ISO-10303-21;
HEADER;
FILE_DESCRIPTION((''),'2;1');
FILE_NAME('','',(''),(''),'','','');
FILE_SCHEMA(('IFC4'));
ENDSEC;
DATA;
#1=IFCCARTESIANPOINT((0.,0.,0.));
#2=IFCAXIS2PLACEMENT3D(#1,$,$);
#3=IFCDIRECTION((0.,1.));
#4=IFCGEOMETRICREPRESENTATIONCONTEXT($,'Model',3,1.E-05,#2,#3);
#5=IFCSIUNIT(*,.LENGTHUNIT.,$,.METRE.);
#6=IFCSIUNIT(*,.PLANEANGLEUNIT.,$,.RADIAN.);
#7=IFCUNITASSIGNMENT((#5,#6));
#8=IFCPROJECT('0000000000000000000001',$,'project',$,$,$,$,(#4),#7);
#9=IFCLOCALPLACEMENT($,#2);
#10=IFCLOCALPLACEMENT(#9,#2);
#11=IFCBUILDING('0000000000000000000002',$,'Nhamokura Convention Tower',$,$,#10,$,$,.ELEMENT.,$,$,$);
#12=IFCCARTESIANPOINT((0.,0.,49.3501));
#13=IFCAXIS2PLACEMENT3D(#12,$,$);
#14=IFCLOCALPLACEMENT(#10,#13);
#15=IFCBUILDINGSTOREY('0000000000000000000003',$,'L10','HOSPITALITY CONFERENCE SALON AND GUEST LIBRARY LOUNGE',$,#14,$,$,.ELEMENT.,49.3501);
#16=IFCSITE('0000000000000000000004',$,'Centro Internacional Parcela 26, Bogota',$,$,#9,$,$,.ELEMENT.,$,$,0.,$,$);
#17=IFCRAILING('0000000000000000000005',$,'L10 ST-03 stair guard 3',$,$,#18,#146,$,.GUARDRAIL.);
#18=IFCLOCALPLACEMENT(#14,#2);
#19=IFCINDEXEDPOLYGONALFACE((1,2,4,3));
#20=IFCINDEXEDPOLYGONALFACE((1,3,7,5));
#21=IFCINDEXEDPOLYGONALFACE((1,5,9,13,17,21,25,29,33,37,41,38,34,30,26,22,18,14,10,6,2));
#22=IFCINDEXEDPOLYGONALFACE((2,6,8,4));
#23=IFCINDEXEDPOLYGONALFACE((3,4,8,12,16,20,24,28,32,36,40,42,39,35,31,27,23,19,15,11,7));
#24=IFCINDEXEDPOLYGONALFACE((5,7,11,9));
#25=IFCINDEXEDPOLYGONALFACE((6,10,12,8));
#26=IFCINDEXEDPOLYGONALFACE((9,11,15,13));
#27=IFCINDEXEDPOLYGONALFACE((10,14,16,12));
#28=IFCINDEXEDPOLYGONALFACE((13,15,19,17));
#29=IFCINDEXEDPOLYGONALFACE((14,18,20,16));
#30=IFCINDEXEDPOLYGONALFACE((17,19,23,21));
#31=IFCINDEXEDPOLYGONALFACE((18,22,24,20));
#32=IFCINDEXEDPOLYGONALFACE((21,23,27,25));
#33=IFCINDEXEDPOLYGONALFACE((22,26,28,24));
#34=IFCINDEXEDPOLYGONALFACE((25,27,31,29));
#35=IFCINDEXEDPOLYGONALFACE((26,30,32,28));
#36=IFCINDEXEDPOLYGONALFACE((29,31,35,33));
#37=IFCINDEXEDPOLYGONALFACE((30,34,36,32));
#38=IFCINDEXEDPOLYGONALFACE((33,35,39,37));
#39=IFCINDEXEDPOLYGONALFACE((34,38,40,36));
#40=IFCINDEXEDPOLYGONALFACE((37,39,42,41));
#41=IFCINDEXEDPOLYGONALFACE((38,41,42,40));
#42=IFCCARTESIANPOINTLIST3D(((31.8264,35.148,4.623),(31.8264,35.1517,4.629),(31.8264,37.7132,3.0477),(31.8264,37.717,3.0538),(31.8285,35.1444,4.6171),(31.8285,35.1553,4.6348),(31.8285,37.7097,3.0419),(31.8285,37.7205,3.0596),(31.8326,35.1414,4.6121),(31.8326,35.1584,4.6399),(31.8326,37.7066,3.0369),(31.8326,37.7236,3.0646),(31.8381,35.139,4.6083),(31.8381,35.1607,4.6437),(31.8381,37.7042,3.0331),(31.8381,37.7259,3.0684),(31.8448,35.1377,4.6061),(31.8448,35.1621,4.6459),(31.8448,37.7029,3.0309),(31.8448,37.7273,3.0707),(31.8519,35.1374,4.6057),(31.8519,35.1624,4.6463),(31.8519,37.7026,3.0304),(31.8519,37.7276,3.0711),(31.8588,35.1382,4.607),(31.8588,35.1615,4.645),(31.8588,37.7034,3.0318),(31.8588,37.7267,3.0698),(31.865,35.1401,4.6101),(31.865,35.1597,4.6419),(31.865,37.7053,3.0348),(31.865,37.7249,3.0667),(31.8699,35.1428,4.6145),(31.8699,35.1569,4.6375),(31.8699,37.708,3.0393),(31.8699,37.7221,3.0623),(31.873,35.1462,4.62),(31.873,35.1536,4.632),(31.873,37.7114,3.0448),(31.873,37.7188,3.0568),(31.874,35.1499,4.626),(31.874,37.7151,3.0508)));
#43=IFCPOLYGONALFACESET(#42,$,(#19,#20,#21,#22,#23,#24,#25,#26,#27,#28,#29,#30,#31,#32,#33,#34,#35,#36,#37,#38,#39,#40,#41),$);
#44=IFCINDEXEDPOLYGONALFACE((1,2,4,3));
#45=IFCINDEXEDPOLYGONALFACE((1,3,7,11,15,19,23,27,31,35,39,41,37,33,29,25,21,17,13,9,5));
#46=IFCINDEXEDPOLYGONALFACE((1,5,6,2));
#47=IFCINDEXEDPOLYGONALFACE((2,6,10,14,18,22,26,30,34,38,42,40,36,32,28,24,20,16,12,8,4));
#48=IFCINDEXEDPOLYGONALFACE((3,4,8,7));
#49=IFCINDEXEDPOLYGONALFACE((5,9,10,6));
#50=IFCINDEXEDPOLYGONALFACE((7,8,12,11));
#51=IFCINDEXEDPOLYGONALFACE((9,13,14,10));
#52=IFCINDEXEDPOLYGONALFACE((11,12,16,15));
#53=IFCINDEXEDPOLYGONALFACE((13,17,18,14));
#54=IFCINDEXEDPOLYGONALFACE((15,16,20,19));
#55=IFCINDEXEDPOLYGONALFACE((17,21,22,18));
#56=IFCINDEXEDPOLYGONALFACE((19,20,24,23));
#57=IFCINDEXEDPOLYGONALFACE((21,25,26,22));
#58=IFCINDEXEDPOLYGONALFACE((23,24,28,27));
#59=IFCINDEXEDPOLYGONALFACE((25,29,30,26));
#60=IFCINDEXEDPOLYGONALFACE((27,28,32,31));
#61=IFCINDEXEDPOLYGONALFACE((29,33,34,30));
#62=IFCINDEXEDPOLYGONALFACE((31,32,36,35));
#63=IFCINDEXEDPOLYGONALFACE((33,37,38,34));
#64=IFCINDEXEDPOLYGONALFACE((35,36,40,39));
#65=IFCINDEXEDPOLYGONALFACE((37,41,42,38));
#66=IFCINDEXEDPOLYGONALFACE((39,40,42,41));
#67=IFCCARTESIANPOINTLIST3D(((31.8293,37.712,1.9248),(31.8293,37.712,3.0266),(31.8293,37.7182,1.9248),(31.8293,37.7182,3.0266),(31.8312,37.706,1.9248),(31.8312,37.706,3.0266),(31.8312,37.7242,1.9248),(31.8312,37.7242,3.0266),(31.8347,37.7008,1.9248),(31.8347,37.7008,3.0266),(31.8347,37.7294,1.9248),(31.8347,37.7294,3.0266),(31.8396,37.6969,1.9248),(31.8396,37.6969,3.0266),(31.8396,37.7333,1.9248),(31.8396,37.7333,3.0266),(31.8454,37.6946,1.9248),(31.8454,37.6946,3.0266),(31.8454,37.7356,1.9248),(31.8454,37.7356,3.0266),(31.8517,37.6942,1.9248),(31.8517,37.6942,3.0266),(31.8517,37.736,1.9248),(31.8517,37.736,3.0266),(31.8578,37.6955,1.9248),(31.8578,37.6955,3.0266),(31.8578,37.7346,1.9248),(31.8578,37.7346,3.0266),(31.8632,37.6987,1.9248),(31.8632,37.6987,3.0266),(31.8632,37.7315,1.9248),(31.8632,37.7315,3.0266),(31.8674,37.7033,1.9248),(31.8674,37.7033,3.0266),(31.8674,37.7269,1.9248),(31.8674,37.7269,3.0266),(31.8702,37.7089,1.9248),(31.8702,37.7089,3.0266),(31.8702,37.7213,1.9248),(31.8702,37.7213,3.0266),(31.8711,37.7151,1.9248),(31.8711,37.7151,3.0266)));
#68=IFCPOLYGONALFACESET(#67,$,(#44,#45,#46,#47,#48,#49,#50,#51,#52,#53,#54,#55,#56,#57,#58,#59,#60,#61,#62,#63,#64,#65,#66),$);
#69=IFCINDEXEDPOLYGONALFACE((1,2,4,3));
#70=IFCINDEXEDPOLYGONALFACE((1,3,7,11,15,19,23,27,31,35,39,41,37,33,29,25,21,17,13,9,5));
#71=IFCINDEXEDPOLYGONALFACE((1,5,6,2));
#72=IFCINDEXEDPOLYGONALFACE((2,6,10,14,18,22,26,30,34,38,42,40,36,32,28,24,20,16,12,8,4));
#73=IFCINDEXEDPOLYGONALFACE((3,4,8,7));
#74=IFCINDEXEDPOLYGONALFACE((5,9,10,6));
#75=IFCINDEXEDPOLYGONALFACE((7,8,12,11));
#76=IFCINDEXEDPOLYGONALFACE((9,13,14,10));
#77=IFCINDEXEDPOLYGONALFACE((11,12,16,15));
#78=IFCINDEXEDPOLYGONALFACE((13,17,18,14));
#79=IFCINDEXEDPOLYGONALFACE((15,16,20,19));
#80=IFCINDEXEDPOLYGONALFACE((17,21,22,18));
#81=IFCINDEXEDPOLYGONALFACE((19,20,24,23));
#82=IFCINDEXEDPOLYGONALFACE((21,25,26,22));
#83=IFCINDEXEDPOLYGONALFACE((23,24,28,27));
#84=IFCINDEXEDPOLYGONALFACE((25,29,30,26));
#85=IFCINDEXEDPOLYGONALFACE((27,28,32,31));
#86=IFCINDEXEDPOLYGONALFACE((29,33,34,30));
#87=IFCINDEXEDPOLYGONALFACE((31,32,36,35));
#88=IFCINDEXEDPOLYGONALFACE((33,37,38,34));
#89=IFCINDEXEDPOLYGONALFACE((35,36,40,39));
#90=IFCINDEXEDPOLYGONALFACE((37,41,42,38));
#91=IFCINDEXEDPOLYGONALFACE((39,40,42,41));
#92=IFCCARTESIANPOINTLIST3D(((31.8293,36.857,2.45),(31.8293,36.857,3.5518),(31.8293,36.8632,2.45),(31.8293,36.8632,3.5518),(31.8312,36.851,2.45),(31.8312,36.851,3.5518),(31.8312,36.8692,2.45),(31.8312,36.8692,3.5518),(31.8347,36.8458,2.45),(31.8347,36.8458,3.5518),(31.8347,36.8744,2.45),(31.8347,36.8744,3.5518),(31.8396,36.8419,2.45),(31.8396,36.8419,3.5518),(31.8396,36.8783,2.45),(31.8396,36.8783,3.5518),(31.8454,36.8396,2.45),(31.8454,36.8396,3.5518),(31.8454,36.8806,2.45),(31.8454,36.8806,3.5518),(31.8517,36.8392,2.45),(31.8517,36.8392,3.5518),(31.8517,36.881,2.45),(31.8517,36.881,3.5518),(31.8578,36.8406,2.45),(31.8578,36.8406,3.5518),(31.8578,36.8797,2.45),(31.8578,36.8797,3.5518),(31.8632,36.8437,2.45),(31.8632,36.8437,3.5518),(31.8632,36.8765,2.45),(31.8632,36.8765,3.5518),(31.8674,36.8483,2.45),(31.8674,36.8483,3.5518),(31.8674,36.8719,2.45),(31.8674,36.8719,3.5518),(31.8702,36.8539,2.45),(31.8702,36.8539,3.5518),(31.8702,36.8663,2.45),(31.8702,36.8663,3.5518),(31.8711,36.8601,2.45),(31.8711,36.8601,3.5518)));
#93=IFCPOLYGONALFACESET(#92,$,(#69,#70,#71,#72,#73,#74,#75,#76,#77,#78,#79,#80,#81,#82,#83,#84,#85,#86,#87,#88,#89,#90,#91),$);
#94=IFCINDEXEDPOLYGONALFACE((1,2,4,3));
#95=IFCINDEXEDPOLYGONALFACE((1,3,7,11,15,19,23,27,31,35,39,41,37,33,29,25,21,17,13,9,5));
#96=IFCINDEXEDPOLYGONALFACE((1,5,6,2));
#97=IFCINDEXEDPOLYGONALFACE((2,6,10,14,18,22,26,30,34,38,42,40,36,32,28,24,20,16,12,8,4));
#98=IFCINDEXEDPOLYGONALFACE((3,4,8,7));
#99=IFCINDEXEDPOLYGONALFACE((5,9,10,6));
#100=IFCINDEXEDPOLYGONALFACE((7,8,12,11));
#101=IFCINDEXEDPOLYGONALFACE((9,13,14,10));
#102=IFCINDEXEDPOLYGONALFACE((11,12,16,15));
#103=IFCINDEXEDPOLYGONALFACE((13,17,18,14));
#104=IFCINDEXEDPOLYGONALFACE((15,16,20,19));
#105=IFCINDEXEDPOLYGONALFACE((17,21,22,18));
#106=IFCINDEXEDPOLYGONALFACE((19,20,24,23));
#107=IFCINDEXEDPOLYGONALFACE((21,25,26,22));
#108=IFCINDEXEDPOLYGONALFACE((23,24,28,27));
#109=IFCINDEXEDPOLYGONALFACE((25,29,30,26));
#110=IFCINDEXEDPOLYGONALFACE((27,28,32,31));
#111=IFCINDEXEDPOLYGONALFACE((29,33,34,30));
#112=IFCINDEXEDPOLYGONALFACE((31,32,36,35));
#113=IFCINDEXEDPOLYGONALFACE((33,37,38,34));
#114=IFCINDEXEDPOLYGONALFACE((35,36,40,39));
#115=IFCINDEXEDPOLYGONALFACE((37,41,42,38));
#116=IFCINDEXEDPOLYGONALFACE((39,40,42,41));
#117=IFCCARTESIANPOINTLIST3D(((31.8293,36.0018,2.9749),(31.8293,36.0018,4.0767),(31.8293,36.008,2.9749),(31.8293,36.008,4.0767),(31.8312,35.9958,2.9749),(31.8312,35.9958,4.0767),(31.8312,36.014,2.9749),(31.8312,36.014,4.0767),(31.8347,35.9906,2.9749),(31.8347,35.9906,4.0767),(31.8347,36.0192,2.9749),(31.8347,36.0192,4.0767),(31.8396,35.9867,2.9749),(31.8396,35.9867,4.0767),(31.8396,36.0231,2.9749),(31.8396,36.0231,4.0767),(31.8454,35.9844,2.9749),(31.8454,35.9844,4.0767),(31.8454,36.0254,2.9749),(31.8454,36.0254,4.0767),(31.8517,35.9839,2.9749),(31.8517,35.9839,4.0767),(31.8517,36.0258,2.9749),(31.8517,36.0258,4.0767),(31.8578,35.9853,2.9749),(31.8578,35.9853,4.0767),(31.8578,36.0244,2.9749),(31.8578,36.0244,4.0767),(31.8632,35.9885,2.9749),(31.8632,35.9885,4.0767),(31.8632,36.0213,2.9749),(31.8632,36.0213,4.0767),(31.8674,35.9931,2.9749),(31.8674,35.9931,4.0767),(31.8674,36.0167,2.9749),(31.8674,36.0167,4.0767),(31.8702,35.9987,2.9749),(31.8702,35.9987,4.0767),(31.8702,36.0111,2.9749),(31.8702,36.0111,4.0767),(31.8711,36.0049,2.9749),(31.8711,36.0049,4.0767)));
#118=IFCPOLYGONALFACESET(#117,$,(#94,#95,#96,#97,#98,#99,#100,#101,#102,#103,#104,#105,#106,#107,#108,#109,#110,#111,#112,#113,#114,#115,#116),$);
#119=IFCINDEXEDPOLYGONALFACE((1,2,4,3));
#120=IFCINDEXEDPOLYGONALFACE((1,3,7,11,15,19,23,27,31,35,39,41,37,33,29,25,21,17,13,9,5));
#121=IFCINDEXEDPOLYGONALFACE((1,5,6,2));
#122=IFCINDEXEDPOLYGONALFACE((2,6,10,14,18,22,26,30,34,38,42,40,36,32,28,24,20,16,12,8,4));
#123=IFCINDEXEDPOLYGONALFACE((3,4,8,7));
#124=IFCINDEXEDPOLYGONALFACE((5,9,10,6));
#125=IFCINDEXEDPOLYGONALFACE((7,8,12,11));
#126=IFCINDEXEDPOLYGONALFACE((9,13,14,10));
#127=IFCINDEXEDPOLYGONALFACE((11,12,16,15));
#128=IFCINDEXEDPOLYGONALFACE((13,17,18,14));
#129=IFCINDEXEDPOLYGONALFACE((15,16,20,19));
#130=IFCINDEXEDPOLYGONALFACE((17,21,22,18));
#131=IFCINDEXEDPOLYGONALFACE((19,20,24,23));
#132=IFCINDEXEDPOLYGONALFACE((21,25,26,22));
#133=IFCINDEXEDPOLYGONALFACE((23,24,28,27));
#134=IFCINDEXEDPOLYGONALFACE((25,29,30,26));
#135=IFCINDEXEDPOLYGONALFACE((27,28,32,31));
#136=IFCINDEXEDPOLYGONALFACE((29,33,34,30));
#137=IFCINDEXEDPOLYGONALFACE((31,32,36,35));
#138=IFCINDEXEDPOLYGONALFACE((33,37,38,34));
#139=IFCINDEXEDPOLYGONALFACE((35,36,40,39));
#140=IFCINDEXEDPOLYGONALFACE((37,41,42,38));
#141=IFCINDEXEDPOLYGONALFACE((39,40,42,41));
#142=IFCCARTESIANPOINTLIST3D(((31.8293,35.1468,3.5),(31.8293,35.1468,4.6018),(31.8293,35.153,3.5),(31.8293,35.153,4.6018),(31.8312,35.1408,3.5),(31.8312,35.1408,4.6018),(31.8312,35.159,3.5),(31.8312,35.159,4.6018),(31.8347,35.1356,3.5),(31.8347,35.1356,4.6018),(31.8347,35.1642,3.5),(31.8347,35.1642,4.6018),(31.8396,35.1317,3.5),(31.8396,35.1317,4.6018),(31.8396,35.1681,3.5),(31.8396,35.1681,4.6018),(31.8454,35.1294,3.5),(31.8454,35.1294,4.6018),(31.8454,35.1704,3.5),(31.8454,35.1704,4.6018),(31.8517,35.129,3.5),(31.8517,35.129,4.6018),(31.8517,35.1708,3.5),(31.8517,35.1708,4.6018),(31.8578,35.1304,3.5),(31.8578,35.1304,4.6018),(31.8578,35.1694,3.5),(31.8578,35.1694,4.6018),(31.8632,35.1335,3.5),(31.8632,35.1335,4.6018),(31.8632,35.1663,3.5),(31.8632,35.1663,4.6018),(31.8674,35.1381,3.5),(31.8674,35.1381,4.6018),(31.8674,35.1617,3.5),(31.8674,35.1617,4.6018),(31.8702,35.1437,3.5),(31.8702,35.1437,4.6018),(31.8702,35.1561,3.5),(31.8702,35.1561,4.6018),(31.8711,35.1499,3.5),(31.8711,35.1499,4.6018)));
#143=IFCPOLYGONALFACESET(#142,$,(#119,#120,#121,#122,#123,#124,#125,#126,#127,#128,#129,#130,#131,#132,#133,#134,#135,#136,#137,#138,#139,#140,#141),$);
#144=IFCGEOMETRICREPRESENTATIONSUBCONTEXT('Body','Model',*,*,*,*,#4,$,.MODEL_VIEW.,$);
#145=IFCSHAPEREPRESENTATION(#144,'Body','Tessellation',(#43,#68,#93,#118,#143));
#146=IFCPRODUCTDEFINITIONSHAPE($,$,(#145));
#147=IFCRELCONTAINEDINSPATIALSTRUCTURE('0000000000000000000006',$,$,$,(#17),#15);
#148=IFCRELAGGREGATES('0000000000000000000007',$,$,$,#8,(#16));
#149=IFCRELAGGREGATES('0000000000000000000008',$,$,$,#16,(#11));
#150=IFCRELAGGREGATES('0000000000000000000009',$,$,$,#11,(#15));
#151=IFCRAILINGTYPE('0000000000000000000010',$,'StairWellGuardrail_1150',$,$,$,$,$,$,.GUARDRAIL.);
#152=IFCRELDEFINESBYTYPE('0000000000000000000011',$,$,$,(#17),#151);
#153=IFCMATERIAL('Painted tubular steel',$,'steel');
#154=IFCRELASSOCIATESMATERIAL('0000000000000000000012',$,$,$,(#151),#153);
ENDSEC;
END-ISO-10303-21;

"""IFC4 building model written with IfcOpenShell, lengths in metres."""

from ifc_helpers import new_model, si_unit, direction, frame, origin, origin_2d, place, context, subcontext, project, spatial, circle, extrude, material, type_object, element, save


model = new_model("IFC4")

# Units and contexts
model_context = context("Model", 3, precision=1e-05, world=origin(), true_north=direction((0.0, 1.0)))
body_context = subcontext(model_context, "Body", "Model", "MODEL_VIEW")
ifc_project = project(units=[si_unit("LENGTHUNIT", "METRE"), si_unit("PLANEANGLEUNIT", "RADIAN")], contexts=[model_context])

# Site, building, storey
site_placement = place(None, origin())
site = spatial("IfcSite", under=ifc_project, at=site_placement, Name="Centro Internacional Parcela 26, Bogota", CompositionType="ELEMENT", RefElevation=0.0)
building_placement = place(site_placement, origin())
building = spatial("IfcBuilding", under=site, at=building_placement, Name="Nhamokura Convention Tower", CompositionType="ELEMENT")
storey_placement = place(building_placement, frame((0.0, 0.0, 49.3501)))
storey = spatial("IfcBuildingStorey", under=building, at=storey_placement, Name="L10", Description="HOSPITALITY CONFERENCE SALON AND GUEST LIBRARY LOUNGE", CompositionType="ELEMENT", Elevation=49.3501)

# Railing
ifc_material_1 = material(Name="Painted tubular steel", Category="steel")
railing_type_1 = type_object("IfcRailingType", Name="StairWellGuardrail_1150", PredefinedType="GUARDRAIL", material=ifc_material_1)
railing_1_placement = place(storey_placement, frame((31.8501, 37.7151, 1.9248)))
element("IfcRailing", 1, at=railing_1_placement, inside=storey, type_object=railing_type_1, Name="L10 ST-03 stair guard 3", PredefinedType="GUARDRAIL", context=body_context, shape_type="SweptSolid", body=[
    extrude(circle(Radius=0.0239, at=origin_2d()), frame((0.0, 0.0, 1.126), z_axis=(0.0, -0.852159, 0.523283), x_axis=(1.0, 0.0, 0.0)), (0.0, 0.0, 1.0), 3.0103),
    extrude(circle(Radius=0.021, at=origin_2d()), origin(), (0.0, 0.0, 1.0), 1.1018),
    extrude(circle(Radius=0.021, at=origin_2d()), frame((0.0, -0.855, 0.5251)), (0.0, 0.0, 1.0), 1.1018),
    extrude(circle(Radius=0.021, at=origin_2d()), frame((0.0, -1.7102, 1.05)), (0.0, 0.0, 1.0), 1.1018),
    extrude(circle(Radius=0.021, at=origin_2d()), frame((0.0, -2.5652, 1.5752)), (0.0, 0.0, 1.0), 1.1018),
])

save(model, "model.ifc")
